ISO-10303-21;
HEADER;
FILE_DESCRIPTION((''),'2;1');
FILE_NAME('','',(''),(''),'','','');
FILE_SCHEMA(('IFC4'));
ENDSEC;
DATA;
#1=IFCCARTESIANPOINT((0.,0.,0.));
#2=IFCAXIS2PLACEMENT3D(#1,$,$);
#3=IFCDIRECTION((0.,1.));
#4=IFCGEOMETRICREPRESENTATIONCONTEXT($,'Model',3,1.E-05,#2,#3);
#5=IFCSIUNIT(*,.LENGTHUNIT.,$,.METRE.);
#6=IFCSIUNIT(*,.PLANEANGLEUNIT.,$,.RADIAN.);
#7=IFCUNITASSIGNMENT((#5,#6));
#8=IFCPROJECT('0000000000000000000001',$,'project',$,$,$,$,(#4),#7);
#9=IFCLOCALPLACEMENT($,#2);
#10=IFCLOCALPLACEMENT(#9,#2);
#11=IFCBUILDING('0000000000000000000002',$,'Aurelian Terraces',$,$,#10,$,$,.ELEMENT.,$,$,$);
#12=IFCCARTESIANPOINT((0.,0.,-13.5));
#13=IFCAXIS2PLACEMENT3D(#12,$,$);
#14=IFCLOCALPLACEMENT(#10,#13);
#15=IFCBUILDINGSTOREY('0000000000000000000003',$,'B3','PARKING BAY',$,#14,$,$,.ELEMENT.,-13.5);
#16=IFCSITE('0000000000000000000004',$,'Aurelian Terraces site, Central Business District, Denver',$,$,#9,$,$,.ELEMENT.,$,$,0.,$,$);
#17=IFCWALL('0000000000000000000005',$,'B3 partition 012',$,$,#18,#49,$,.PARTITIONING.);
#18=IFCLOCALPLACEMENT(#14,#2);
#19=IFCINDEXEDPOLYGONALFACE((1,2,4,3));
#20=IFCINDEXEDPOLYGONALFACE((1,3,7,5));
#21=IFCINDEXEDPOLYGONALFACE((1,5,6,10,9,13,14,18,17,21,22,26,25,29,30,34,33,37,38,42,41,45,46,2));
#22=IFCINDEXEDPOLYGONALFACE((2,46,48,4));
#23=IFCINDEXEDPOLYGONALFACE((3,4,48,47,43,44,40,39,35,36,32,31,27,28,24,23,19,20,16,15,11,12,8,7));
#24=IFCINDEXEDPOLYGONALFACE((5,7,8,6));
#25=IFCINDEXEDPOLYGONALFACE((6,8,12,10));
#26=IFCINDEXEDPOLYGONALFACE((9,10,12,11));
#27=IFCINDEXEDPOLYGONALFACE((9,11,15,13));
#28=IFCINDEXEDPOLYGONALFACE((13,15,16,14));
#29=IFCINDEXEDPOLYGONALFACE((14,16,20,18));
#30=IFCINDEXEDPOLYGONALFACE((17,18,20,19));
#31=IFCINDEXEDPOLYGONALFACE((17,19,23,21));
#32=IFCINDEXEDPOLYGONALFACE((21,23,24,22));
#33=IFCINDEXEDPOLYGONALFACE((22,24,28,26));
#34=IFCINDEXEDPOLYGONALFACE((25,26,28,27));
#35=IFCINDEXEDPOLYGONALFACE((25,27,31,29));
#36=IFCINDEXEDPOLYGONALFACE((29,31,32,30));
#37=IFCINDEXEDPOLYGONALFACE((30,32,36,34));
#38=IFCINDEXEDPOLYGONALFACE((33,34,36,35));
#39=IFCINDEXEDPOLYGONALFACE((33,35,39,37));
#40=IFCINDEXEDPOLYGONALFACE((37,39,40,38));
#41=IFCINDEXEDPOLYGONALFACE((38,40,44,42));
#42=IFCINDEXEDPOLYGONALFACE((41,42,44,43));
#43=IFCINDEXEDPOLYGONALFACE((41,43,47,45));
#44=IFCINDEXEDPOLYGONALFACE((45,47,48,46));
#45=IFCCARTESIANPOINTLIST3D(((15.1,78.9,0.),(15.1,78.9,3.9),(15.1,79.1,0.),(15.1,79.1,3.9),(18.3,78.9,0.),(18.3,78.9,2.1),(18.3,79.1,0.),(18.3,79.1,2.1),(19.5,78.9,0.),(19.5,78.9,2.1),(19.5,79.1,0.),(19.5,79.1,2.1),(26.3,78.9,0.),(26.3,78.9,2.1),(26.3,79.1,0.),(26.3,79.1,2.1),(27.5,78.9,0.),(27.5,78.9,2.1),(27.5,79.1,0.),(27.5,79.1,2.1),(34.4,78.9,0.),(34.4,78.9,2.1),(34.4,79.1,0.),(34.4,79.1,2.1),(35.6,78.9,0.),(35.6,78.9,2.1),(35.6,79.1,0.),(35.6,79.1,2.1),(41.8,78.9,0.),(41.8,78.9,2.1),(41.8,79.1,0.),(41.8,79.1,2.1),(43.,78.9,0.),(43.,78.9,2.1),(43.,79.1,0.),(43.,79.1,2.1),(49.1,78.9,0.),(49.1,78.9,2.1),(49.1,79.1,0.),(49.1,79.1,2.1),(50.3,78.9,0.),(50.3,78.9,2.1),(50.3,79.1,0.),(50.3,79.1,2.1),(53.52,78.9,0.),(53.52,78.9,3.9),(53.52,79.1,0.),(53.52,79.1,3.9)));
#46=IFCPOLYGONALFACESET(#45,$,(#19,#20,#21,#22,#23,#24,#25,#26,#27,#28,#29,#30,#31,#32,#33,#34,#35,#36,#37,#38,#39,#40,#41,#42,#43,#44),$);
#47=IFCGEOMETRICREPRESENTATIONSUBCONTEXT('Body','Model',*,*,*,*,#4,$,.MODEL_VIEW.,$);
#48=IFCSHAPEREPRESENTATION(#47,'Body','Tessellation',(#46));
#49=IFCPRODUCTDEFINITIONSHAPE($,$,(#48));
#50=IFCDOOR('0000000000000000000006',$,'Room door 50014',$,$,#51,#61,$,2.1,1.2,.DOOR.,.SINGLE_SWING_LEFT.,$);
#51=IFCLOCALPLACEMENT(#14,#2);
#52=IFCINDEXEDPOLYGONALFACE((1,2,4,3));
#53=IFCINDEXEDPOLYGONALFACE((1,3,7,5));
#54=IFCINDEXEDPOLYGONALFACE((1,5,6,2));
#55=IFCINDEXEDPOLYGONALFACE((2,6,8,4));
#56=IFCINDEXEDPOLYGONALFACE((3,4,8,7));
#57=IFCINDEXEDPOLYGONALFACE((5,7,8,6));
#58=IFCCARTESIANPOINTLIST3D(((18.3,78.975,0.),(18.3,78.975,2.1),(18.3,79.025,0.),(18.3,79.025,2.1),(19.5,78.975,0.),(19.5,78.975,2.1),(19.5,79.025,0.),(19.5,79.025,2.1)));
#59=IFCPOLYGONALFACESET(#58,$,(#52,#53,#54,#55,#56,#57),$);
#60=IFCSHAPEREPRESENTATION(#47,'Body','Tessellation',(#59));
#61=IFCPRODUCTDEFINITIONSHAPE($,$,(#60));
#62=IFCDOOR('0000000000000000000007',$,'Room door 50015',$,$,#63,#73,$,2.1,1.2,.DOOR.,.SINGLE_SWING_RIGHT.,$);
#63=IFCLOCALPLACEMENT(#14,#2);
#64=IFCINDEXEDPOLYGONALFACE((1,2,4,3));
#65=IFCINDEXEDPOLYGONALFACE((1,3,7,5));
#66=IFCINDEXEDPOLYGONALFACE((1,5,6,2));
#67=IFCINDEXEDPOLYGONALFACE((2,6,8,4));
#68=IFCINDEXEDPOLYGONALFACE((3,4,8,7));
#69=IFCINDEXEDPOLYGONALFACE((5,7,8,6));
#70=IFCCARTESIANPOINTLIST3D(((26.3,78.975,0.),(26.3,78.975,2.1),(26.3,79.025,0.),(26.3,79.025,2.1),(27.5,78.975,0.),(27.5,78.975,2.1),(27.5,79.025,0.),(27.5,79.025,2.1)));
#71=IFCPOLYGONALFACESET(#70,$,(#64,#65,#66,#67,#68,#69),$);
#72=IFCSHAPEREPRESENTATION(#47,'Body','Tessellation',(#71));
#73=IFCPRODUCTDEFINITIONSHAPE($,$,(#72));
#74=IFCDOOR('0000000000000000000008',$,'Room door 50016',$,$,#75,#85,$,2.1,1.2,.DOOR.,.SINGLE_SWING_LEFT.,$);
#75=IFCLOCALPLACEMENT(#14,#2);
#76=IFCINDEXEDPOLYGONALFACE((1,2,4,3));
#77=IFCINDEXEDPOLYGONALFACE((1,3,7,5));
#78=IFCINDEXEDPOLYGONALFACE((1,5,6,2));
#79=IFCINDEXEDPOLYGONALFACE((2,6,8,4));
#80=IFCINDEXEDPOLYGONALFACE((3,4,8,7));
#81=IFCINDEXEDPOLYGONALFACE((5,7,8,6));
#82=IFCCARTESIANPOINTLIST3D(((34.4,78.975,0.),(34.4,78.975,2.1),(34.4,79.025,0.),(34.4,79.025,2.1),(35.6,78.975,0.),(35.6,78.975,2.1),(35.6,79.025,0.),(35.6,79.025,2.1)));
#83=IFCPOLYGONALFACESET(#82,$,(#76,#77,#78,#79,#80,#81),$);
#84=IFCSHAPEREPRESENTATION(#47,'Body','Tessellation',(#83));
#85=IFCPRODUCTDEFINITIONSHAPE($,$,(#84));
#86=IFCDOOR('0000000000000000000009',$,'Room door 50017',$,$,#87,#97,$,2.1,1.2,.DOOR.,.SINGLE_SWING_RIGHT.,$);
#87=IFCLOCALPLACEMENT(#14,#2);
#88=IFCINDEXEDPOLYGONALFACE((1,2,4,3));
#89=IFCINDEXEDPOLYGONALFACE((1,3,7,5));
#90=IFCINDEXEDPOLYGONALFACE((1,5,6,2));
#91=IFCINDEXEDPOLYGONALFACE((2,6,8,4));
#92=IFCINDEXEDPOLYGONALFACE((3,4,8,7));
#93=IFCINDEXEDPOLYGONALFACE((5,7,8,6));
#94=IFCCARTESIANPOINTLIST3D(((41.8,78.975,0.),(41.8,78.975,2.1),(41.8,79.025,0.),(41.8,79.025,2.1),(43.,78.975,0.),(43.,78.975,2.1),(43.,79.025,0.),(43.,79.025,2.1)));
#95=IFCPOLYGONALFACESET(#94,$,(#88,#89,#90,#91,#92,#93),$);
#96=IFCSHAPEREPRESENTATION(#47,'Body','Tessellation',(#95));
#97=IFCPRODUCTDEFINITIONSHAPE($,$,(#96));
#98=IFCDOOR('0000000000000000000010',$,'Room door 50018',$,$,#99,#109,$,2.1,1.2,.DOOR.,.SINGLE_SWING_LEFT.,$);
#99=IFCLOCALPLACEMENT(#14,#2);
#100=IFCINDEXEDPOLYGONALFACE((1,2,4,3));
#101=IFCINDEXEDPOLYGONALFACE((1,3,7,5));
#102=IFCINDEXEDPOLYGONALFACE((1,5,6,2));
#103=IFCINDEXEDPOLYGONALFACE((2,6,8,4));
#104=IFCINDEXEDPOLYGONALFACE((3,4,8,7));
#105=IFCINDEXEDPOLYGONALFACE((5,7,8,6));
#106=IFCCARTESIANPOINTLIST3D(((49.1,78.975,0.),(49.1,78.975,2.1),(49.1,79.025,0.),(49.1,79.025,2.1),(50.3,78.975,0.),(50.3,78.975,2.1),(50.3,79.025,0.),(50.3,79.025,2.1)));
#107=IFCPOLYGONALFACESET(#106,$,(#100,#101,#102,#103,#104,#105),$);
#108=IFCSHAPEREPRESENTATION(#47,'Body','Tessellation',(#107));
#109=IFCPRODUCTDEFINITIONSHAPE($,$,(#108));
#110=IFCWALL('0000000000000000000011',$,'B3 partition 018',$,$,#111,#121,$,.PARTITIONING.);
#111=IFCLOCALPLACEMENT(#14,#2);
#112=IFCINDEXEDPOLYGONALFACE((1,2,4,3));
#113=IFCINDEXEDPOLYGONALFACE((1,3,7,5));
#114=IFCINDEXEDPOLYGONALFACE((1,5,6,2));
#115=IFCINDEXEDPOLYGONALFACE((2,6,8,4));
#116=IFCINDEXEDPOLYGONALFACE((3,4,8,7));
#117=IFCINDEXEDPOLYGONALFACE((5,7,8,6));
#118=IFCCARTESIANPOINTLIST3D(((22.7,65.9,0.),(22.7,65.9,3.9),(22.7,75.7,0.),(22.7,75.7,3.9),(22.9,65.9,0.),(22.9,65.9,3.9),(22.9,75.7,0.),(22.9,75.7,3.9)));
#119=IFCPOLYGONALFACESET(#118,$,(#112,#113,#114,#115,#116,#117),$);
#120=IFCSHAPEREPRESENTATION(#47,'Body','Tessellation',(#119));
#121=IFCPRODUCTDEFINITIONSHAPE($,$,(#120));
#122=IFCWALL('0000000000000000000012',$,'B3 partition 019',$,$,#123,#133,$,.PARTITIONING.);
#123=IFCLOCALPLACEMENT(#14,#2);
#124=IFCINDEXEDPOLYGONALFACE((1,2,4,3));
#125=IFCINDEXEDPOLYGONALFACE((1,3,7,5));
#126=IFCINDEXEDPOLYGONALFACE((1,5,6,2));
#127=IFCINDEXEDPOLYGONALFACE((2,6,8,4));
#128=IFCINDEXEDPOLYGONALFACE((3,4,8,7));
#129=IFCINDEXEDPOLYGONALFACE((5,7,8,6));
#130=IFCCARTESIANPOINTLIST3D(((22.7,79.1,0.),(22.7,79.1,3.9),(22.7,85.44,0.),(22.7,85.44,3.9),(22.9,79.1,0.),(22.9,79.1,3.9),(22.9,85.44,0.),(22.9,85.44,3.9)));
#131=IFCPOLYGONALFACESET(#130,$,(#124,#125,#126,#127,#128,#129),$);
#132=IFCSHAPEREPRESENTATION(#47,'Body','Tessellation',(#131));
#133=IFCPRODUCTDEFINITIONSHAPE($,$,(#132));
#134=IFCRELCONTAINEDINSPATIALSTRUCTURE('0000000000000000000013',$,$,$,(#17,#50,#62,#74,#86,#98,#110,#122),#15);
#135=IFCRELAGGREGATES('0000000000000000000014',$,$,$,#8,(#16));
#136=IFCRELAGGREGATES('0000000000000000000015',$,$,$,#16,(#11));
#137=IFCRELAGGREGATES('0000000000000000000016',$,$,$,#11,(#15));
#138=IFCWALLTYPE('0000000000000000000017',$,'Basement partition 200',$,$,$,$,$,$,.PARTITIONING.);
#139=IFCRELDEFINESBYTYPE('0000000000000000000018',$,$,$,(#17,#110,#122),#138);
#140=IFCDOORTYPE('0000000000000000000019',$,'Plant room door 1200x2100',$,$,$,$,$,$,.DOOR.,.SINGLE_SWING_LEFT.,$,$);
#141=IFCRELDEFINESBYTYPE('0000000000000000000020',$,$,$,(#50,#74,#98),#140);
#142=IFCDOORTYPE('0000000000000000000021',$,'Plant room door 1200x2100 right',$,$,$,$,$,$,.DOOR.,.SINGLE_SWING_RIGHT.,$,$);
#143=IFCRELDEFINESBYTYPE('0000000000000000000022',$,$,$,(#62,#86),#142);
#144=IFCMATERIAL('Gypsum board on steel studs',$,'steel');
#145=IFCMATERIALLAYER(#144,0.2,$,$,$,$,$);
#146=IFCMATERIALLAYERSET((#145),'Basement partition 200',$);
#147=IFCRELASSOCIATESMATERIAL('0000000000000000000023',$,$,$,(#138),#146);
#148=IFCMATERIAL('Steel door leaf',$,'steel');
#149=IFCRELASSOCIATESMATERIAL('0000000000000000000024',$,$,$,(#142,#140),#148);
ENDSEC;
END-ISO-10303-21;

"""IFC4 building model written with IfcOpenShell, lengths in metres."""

from ifc_helpers import new_model, si_unit, direction, frame, frame_2d, origin, place, context, subcontext, project, spatial, rectangle, extrude, source, transform, mapped, material, layer, layer_set, type_object, element, fill, save


model = new_model("IFC4")

# Units and contexts
model_context = context("Model", 3, precision=1e-05, world=origin(), true_north=direction((0.0, 1.0)))
body_context = subcontext(model_context, "Body", "Model", "MODEL_VIEW")
ifc_project = project(units=[si_unit("LENGTHUNIT", "METRE"), si_unit("PLANEANGLEUNIT", "RADIAN")], contexts=[model_context])

# Site, building, storey
site_placement = place(None, origin())
site = spatial("IfcSite", under=ifc_project, at=site_placement, Name="Aurelian Terraces site, Central Business District, Denver", CompositionType="ELEMENT", RefElevation=0.0)
building_placement = place(site_placement, origin())
building = spatial("IfcBuilding", under=site, at=building_placement, Name="Aurelian Terraces", CompositionType="ELEMENT")
storey_placement = place(building_placement, frame((0.0, 0.0, -13.5)))
storey = spatial("IfcBuildingStorey", under=building, at=storey_placement, Name="B3", Description="PARKING BAY", CompositionType="ELEMENT", Elevation=-13.5)

# Shared definitions
ifc_material_1 = material(Name="Gypsum board on steel studs", Category="steel")
ifc_layer = layer(ifc_material_1, 0.2)
ifc_layer_set = layer_set([ifc_layer], Name="Basement partition 200")
wall_type = type_object("IfcWallType", Name="Basement partition 200", PredefinedType="PARTITIONING", material=ifc_layer_set)

# Shared definitions
shared_shape_1 = source(origin(), body_context, "Body", "SweptSolid", [
    extrude(rectangle(XDim=38.42, YDim=0.2, at=frame_2d((19.21, 0.0))), origin(), (0.0, 0.0, 1.0), 3.9),
])
shared_shape_2 = source(origin(), body_context, "Body", "SweptSolid", [
    extrude(rectangle(XDim=1.2, YDim=2.1, at=frame_2d((0.6, 1.05))), frame((0.0, 0.11, 0.0), z_axis=(0.0, -1.0, 0.0), x_axis=(1.0, 0.0, 0.0)), (0.0, 0.0, 1.0), 0.22),
])
ifc_material_2 = material(Name="Steel door leaf", Category="steel")
door_type_1 = type_object("IfcDoorType", Name="Plant room door 1200x2100 right", OperationType="SINGLE_SWING_RIGHT", PredefinedType="DOOR", material=ifc_material_2)
shared_shape_3 = source(origin(), body_context, "Body", "SweptSolid", [
    extrude(rectangle(XDim=1.2, YDim=2.1, at=frame_2d((0.6, 1.05))), frame((0.0, 0.025, 0.0), z_axis=(0.0, -1.0, 0.0), x_axis=(1.0, 0.0, 0.0)), (0.0, 0.0, 1.0), 0.05),
])
door_type_2 = type_object("IfcDoorType", Name="Plant room door 1200x2100", OperationType="SINGLE_SWING_LEFT", PredefinedType="DOOR", material=ifc_material_2)

# Wall, openings, doors
wall_1_placement = place(storey_placement, frame((15.1, 79.0, 0.0), z_axis=(0.0, 0.0, 1.0), x_axis=(1.0, 0.0, 0.0)))
wall_1 = element("IfcWall", 1, at=wall_1_placement, inside=storey, type_object=wall_type, Name="B3 partition 012", PredefinedType="PARTITIONING", context=body_context, shape_type="MappedRepresentation", body=[
    mapped(shared_shape_1, transform((0.0, 0.0, 0.0), scale=1.0)),
])
opening_1_placement = place(wall_1_placement, frame((3.2, 0.0, 0.0)))
opening_1 = element("IfcOpeningElement", 2, at=opening_1_placement, cuts=wall_1, PredefinedType="OPENING", context=body_context, shape_type="MappedRepresentation", body=[
    mapped(shared_shape_2, transform((0.0, 0.0, 0.0), scale=1.0)),
])
opening_2_placement = place(wall_1_placement, frame((11.2, 0.0, 0.0)))
opening_2 = element("IfcOpeningElement", 3, at=opening_2_placement, cuts=wall_1, PredefinedType="OPENING", context=body_context, shape_type="MappedRepresentation", body=[
    mapped(shared_shape_2, transform((0.0, 0.0, 0.0), scale=1.0)),
])
opening_3_placement = place(wall_1_placement, frame((19.3, 0.0, 0.0)))
opening_3 = element("IfcOpeningElement", 4, at=opening_3_placement, cuts=wall_1, PredefinedType="OPENING", context=body_context, shape_type="MappedRepresentation", body=[
    mapped(shared_shape_2, transform((0.0, 0.0, 0.0), scale=1.0)),
])
opening_4_placement = place(wall_1_placement, frame((26.7, 0.0, 0.0)))
opening_4 = element("IfcOpeningElement", 5, at=opening_4_placement, cuts=wall_1, PredefinedType="OPENING", context=body_context, shape_type="MappedRepresentation", body=[
    mapped(shared_shape_2, transform((0.0, 0.0, 0.0), scale=1.0)),
])
opening_5_placement = place(wall_1_placement, frame((34.0, 0.0, 0.0)))
opening_5 = element("IfcOpeningElement", 6, at=opening_5_placement, cuts=wall_1, PredefinedType="OPENING", context=body_context, shape_type="MappedRepresentation", body=[
    mapped(shared_shape_2, transform((0.0, 0.0, 0.0), scale=1.0)),
])
door_1_placement = place(opening_1_placement, origin())
door_1 = element("IfcDoor", 7, at=door_1_placement, inside=storey, type_object=door_type_2, Name="Room door 50014", OperationType="SINGLE_SWING_LEFT", OverallHeight=2.1, OverallWidth=1.2, PredefinedType="DOOR", context=body_context, shape_type="MappedRepresentation", body=[
    mapped(shared_shape_3, transform((0.0, 0.0, 0.0), scale=1.0)),
])
fill(opening_1, door_1)
door_2_placement = place(opening_2_placement, origin())
door_2 = element("IfcDoor", 8, at=door_2_placement, inside=storey, type_object=door_type_1, Name="Room door 50015", OperationType="SINGLE_SWING_RIGHT", OverallHeight=2.1, OverallWidth=1.2, PredefinedType="DOOR", context=body_context, shape_type="MappedRepresentation", body=[
    mapped(shared_shape_3, transform((0.0, 0.0, 0.0), scale=1.0)),
])
fill(opening_2, door_2)
door_3_placement = place(opening_3_placement, origin())
door_3 = element("IfcDoor", 9, at=door_3_placement, inside=storey, type_object=door_type_2, Name="Room door 50016", OperationType="SINGLE_SWING_LEFT", OverallHeight=2.1, OverallWidth=1.2, PredefinedType="DOOR", context=body_context, shape_type="MappedRepresentation", body=[
    mapped(shared_shape_3, transform((0.0, 0.0, 0.0), scale=1.0)),
])
fill(opening_3, door_3)
door_4_placement = place(opening_4_placement, origin())
door_4 = element("IfcDoor", 10, at=door_4_placement, inside=storey, type_object=door_type_1, Name="Room door 50017", OperationType="SINGLE_SWING_RIGHT", OverallHeight=2.1, OverallWidth=1.2, PredefinedType="DOOR", context=body_context, shape_type="MappedRepresentation", body=[
    mapped(shared_shape_3, transform((0.0, 0.0, 0.0), scale=1.0)),
])
fill(opening_4, door_4)
door_5_placement = place(opening_5_placement, origin())
door_5 = element("IfcDoor", 11, at=door_5_placement, inside=storey, type_object=door_type_2, Name="Room door 50018", OperationType="SINGLE_SWING_LEFT", OverallHeight=2.1, OverallWidth=1.2, PredefinedType="DOOR", context=body_context, shape_type="MappedRepresentation", body=[
    mapped(shared_shape_3, transform((0.0, 0.0, 0.0), scale=1.0)),
])
fill(opening_5, door_5)

# Walls
shared_shape_4 = source(origin(), body_context, "Body", "SweptSolid", [
    extrude(rectangle(XDim=9.8, YDim=0.2, at=frame_2d((4.9, 0.0))), origin(), (0.0, 0.0, 1.0), 3.9),
])
wall_2_placement = place(storey_placement, frame((22.8, 65.9, 0.0), z_axis=(0.0, 0.0, 1.0), x_axis=(0.0, 1.0, 0.0)))
element("IfcWall", 12, at=wall_2_placement, inside=storey, type_object=wall_type, Name="B3 partition 018", PredefinedType="PARTITIONING", context=body_context, shape_type="MappedRepresentation", body=[
    mapped(shared_shape_4, transform((0.0, 0.0, 0.0), scale=1.0)),
])
shared_shape_5 = source(origin(), body_context, "Body", "SweptSolid", [
    extrude(rectangle(XDim=6.34, YDim=0.2, at=frame_2d((3.17, 0.0))), origin(), (0.0, 0.0, 1.0), 3.9),
])
wall_3_placement = place(storey_placement, frame((22.8, 79.1, 0.0), z_axis=(0.0, 0.0, 1.0), x_axis=(0.0, 1.0, 0.0)))
element("IfcWall", 13, at=wall_3_placement, inside=storey, type_object=wall_type, Name="B3 partition 019", PredefinedType="PARTITIONING", context=body_context, shape_type="MappedRepresentation", body=[
    mapped(shared_shape_5, transform((0.0, 0.0, 0.0), scale=1.0)),
])

save(model, "model.ifc")
